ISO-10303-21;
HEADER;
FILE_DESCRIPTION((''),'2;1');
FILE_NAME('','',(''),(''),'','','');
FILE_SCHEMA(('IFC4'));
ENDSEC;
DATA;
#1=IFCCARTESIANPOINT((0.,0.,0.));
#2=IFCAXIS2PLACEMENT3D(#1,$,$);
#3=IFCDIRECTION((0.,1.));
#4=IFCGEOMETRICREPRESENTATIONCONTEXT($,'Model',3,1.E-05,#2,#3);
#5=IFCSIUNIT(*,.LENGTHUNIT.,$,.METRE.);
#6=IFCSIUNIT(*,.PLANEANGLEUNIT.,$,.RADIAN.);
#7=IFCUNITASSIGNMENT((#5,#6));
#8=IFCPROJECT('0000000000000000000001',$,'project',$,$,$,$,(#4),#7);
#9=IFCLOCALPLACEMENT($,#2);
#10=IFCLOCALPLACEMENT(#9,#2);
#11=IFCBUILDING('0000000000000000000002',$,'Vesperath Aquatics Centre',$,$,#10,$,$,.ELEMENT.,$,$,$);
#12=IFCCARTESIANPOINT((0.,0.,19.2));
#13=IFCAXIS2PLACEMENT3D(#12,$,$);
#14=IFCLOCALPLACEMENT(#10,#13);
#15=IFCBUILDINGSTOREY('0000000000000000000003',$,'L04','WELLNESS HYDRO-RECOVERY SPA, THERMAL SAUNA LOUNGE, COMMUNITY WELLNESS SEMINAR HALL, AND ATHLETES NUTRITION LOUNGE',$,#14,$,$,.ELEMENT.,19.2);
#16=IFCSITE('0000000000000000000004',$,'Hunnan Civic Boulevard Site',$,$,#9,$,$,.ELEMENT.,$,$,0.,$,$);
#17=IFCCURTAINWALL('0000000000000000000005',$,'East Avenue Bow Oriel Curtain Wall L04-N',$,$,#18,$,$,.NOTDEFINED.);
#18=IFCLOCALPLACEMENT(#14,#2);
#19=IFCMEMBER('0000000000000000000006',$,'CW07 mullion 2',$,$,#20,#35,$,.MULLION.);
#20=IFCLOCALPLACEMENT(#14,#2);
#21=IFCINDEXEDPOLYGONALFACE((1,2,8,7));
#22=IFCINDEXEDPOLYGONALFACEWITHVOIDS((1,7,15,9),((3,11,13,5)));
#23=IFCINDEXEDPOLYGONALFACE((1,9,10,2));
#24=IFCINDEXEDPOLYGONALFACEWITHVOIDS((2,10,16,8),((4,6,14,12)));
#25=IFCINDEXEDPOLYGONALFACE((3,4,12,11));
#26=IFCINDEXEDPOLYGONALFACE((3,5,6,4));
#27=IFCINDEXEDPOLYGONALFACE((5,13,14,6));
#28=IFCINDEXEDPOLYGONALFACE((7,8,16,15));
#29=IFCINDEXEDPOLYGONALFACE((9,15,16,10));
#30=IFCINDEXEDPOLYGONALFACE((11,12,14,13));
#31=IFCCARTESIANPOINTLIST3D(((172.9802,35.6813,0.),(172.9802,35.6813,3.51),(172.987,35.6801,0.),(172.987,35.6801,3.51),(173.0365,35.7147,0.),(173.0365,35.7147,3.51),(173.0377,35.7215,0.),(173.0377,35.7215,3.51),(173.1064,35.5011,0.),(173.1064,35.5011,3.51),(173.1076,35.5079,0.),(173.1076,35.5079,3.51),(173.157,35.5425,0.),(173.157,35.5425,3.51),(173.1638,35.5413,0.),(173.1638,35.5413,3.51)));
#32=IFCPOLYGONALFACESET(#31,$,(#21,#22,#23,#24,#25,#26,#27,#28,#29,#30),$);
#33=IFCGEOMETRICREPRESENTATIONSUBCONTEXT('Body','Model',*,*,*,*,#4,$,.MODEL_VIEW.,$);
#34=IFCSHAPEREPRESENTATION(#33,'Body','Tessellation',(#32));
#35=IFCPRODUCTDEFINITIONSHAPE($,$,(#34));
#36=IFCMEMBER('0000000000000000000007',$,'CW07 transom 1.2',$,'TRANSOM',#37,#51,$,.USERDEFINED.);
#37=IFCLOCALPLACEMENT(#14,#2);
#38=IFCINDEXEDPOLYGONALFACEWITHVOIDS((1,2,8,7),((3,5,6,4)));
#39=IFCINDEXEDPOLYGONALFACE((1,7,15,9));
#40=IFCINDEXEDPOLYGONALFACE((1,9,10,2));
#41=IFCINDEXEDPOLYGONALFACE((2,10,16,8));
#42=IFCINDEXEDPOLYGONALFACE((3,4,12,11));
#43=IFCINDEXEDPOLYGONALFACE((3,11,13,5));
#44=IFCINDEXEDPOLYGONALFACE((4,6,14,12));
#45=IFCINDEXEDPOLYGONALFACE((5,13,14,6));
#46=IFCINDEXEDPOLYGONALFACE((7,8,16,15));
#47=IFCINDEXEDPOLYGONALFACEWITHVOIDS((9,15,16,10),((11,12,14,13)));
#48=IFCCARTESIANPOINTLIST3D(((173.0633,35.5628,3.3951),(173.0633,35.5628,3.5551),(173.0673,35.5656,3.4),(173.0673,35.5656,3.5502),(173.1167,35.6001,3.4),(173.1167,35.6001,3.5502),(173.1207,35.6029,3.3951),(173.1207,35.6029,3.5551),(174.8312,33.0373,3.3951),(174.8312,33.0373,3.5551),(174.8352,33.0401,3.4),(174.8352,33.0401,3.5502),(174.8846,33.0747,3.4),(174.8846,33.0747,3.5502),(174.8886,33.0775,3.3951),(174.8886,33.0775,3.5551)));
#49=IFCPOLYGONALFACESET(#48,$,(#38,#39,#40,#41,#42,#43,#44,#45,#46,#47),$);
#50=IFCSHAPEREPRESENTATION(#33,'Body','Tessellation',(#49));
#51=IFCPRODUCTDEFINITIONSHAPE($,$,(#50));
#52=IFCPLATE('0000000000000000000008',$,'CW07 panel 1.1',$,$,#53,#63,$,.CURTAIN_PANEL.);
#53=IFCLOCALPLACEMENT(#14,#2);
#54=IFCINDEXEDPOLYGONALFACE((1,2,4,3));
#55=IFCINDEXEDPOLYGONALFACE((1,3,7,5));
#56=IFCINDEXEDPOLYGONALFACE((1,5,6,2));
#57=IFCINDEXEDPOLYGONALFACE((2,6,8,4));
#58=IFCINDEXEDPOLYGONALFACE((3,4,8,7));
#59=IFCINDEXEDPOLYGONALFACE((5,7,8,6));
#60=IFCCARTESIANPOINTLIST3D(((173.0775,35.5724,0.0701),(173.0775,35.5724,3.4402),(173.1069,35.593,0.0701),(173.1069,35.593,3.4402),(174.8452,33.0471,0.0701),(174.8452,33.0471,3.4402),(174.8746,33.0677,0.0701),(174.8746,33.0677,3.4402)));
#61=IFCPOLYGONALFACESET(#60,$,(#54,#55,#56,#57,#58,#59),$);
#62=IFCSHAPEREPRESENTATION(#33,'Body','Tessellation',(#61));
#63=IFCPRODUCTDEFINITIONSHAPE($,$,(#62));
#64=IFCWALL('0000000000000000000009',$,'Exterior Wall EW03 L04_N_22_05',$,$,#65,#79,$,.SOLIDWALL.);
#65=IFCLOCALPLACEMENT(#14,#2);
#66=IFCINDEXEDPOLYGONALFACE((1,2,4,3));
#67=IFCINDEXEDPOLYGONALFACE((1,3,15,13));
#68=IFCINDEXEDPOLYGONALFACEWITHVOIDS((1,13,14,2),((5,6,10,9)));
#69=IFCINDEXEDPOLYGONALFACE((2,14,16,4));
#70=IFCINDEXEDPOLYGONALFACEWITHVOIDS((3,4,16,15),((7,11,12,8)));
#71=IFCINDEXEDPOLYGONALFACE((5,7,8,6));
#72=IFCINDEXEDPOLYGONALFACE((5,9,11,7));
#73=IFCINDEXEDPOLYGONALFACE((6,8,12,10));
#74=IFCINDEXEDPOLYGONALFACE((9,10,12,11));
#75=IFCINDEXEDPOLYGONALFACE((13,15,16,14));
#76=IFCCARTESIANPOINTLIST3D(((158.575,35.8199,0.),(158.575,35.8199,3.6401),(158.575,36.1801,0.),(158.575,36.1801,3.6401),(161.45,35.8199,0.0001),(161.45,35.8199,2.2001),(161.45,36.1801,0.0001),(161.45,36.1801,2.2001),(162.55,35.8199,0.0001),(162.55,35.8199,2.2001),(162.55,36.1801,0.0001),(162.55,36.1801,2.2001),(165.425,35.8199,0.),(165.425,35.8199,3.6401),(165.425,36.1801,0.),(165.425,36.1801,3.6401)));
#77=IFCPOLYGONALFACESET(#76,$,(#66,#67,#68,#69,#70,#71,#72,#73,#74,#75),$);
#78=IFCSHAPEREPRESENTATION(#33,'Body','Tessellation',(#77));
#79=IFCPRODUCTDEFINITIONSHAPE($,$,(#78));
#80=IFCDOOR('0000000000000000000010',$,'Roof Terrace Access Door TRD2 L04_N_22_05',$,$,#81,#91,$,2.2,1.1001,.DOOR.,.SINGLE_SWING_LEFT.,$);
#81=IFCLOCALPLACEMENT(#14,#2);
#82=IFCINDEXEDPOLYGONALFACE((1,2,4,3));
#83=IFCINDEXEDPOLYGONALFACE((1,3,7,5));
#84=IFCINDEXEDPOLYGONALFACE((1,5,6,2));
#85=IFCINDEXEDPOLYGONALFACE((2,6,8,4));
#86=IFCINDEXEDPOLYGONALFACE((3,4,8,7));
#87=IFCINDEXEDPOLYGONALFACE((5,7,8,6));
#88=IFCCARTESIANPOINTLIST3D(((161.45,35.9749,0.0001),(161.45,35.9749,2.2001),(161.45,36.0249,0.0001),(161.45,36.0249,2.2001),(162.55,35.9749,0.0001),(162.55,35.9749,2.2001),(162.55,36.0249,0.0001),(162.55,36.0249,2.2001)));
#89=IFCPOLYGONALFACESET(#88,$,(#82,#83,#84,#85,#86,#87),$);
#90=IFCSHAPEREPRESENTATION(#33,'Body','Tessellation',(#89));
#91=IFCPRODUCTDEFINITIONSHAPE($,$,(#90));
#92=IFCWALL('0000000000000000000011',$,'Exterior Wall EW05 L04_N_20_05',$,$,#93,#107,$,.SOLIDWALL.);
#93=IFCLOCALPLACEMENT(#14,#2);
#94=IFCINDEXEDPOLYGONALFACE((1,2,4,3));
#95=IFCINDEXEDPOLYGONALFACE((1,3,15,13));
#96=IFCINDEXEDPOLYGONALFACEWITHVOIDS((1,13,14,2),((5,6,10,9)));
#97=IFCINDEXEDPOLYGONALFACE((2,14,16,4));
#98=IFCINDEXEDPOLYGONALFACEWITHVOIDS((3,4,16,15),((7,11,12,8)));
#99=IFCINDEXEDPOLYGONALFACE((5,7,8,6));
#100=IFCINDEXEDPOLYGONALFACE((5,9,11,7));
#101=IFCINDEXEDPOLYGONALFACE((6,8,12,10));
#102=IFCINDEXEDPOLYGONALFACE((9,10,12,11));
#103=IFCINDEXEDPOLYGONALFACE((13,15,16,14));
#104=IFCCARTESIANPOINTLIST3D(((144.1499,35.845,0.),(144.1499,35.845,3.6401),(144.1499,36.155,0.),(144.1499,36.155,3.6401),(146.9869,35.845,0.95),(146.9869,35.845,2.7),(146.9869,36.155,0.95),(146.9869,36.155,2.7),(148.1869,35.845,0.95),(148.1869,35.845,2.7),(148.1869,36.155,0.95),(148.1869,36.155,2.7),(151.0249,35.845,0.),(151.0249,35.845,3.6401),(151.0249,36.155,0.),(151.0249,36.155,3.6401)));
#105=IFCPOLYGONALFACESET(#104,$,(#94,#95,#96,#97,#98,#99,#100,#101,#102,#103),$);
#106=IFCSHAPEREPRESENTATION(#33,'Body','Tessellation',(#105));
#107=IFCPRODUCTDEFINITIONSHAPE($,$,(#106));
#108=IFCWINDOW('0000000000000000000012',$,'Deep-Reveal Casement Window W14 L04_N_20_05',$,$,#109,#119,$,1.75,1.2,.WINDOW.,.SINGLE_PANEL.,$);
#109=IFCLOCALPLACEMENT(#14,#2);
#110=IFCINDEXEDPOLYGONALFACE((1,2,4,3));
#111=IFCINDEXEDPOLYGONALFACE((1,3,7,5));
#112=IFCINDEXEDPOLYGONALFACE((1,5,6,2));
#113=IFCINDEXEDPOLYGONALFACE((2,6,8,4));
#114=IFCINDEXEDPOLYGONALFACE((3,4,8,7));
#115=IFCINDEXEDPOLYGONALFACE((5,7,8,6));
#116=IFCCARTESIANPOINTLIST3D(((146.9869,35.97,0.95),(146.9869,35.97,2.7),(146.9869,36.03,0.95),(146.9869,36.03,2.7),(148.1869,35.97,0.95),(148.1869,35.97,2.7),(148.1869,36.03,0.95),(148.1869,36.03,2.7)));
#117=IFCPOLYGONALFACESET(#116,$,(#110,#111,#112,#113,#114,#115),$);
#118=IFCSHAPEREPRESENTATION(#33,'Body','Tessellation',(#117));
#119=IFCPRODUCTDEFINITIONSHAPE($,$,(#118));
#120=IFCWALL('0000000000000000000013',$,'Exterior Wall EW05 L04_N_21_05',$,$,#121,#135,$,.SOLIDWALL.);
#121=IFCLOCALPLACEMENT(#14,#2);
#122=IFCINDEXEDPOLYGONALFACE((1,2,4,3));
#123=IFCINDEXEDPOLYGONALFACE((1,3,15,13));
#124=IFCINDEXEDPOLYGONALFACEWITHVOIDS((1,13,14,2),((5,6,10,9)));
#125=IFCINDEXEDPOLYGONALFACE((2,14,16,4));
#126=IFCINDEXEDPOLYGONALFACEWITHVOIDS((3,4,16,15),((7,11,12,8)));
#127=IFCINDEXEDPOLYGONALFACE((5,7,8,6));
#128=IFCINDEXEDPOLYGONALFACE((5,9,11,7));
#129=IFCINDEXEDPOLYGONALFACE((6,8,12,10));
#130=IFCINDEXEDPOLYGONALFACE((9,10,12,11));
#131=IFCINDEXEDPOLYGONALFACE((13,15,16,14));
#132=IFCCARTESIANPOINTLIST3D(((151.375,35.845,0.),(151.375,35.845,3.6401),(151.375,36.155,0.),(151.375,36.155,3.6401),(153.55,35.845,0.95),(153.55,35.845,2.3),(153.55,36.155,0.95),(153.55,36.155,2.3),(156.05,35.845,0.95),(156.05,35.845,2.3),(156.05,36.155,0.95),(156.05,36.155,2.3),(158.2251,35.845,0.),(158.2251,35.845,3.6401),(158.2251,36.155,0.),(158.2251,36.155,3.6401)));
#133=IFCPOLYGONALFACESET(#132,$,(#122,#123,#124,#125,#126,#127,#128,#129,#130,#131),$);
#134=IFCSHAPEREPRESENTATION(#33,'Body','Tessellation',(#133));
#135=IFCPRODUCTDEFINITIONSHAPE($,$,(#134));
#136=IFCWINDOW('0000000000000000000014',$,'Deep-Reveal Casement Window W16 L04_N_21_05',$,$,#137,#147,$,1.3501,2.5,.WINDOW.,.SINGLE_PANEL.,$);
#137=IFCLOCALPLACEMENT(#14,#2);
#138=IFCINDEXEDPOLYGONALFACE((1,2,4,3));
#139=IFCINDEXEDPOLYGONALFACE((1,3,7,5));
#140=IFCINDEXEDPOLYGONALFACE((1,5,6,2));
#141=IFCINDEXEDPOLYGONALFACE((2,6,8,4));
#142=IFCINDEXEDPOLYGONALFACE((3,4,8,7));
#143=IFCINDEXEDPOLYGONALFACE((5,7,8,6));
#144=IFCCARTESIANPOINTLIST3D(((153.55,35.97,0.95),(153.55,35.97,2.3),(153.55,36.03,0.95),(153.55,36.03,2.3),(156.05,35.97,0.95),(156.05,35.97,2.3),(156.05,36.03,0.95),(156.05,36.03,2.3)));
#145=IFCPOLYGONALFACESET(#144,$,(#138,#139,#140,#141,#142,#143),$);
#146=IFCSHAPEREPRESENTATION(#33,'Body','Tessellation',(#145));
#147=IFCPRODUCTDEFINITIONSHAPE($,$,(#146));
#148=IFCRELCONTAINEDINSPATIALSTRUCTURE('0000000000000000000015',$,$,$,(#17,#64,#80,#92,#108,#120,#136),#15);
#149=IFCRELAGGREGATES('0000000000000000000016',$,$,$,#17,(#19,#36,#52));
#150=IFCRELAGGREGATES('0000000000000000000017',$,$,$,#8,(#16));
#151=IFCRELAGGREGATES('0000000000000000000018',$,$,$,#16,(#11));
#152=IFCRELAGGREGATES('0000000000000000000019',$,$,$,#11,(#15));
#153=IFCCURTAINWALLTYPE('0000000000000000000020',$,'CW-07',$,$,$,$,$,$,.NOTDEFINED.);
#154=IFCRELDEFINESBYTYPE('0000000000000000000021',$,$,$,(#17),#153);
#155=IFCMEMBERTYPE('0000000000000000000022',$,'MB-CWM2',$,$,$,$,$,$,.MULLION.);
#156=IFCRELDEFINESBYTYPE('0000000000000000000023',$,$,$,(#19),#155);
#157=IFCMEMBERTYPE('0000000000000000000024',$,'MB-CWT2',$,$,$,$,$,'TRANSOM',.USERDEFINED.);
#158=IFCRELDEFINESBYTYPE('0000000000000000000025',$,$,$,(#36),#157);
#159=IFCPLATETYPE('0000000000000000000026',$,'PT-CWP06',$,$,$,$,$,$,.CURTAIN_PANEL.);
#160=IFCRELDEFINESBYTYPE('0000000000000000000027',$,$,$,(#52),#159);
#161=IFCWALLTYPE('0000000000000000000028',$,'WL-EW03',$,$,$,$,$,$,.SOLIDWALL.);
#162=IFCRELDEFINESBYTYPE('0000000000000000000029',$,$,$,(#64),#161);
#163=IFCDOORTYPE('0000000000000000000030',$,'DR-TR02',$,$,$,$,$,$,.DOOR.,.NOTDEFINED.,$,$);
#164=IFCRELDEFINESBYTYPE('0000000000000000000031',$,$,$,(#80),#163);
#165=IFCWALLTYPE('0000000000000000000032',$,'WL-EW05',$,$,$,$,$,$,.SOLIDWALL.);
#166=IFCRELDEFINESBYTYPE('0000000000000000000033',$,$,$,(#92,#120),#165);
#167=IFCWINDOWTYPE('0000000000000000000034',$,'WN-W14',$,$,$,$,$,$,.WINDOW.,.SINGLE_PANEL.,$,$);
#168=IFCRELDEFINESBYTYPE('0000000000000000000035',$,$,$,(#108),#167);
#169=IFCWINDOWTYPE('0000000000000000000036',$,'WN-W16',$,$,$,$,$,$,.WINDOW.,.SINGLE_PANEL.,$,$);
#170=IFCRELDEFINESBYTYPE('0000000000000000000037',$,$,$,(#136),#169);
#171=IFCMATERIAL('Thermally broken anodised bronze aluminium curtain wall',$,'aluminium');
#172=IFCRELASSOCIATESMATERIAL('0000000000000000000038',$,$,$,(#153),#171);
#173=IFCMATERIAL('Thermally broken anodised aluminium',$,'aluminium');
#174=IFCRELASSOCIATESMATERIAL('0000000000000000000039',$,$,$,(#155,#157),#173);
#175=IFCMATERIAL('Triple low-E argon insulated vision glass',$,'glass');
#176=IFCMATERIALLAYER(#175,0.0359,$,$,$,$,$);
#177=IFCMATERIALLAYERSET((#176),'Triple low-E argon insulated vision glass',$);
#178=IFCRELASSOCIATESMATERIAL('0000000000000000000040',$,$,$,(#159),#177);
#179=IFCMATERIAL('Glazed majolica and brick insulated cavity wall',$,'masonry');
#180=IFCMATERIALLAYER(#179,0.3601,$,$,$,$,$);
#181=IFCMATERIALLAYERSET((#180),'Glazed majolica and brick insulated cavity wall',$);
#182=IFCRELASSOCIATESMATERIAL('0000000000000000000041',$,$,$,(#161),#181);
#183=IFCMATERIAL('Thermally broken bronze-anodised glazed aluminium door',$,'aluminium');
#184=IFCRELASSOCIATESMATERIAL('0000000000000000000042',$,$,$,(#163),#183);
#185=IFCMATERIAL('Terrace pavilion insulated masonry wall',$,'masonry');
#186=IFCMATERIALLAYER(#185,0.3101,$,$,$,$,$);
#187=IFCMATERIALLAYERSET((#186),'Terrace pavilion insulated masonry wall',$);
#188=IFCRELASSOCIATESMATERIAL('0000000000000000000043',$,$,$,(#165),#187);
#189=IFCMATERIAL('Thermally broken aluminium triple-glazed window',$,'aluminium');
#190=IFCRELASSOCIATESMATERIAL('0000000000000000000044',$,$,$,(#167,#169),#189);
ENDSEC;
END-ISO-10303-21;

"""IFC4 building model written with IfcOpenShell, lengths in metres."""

from ifc_helpers import new_model, si_unit, direction, frame, frame_2d, origin, origin_2d, place, context, subcontext, project, spatial, rectangle, hollow_rectangle, extrude, material, layer, layer_set, material_profile, profile_set, type_object, element, fill, aggregate, save


model = new_model("IFC4")

# Units and contexts
model_context = context("Model", 3, precision=1e-05, world=origin(), true_north=direction((0.0, 1.0)))
body_context = subcontext(model_context, "Body", "Model", "MODEL_VIEW")
ifc_project = project(units=[si_unit("LENGTHUNIT", "METRE"), si_unit("PLANEANGLEUNIT", "RADIAN")], contexts=[model_context])

# Site, building, storey
site_placement = place(None, origin())
site = spatial("IfcSite", under=ifc_project, at=site_placement, Name="Hunnan Civic Boulevard Site", CompositionType="ELEMENT", RefElevation=0.0)
building_placement = place(site_placement, origin())
building = spatial("IfcBuilding", under=site, at=building_placement, Name="Vesperath Aquatics Centre", CompositionType="ELEMENT")
storey_placement = place(building_placement, frame((0.0, 0.0, 19.2)))
storey = spatial("IfcBuildingStorey", under=building, at=storey_placement, Name="L04", Description="WELLNESS HYDRO-RECOVERY SPA, THERMAL SAUNA LOUNGE, COMMUNITY WELLNESS SEMINAR HALL, AND ATHLETES NUTRITION LOUNGE", CompositionType="ELEMENT", Elevation=19.2)

# Curtain wall, members, plate
ifc_material_1 = material(Name="Thermally broken anodised bronze aluminium curtain wall", Category="aluminium")
curtain_wall_type = type_object("IfcCurtainWallType", Name="CW-07", PredefinedType="NOTDEFINED", material=ifc_material_1)
curtain_wall_placement = place(storey_placement, origin())
curtain_wall = element("IfcCurtainWall", 1, at=curtain_wall_placement, inside=storey, type_object=curtain_wall_type, Name="East Avenue Bow Oriel Curtain Wall L04-N", PredefinedType="NOTDEFINED")
ifc_material_2 = material(Name="Thermally broken anodised aluminium", Category="aluminium")
ifc_material_profile_1 = material_profile(ifc_material_2, hollow_rectangle(XDim=0.0701, YDim=0.22, WallThickness=0.0049, at=origin_2d()), Name="CWM 70x220x5")
ifc_profile_set_1 = profile_set([ifc_material_profile_1], Name="Thermally broken anodised aluminium")
member_type_1 = type_object("IfcMemberType", Name="MB-CWM2", PredefinedType="MULLION", material=ifc_profile_set_1)
member_1_placement = place(storey_placement, frame((173.072, 35.6113, 0.0), z_axis=(0.0, 0.0, 1.0), x_axis=(-0.819232, -0.573462, 0.0)))
member_1 = element("IfcMember", 2, at=member_1_placement, type_object=member_type_1, Name="CW07 mullion 2", PredefinedType="MULLION", context=body_context, shape_type="SweptSolid", body=[
    extrude(hollow_rectangle(XDim=0.0701, YDim=0.22, WallThickness=0.0049, at=origin_2d()), origin(), (0.0, 0.0, 1.0), 3.51),
])
ifc_material_profile_2 = material_profile(ifc_material_2, hollow_rectangle(XDim=0.0701, YDim=0.1599, WallThickness=0.0049, at=origin_2d()), Name="CWT 70x160x5")
ifc_profile_set_2 = profile_set([ifc_material_profile_2], Name="Thermally broken anodised aluminium")
member_type_2 = type_object("IfcMemberType", Name="MB-CWT2", ElementType="TRANSOM", PredefinedType="USERDEFINED", material=ifc_profile_set_2)
member_2_placement = place(storey_placement, frame((174.8599, 33.0574, 3.4751), z_axis=(-0.573473, 0.819224, 0.0), x_axis=(-0.819224, -0.573473, 0.0)))
member_2 = element("IfcMember", 3, at=member_2_placement, type_object=member_type_2, Name="CW07 transom 1.2", ObjectType="TRANSOM", PredefinedType="USERDEFINED", context=body_context, shape_type="SweptSolid", body=[
    extrude(hollow_rectangle(XDim=0.0701, YDim=0.1599, WallThickness=0.0049, at=origin_2d()), origin(), (0.0, 0.0, 1.0), 3.0828),
])
ifc_material_3 = material(Name="Triple low-E argon insulated vision glass", Category="glass")
ifc_layer_1 = layer(ifc_material_3, 0.0359)
ifc_layer_set_1 = layer_set([ifc_layer_1], Name="Triple low-E argon insulated vision glass")
plate_type = type_object("IfcPlateType", Name="PT-CWP06", PredefinedType="CURTAIN_PANEL", material=ifc_layer_set_1)
plate_placement = place(storey_placement, frame((173.9761, 34.3201, 0.0701), z_axis=(0.0, 0.0, 1.0), x_axis=(-0.573462, 0.819232, 0.0)))
plate = element("IfcPlate", 4, at=plate_placement, type_object=plate_type, Name="CW07 panel 1.1", PredefinedType="CURTAIN_PANEL", context=body_context, shape_type="SweptSolid", body=[
    extrude(rectangle(XDim=3.0825, YDim=0.0359, at=origin_2d()), origin(), (0.0, 0.0, 1.0), 3.3701),
])
aggregate(curtain_wall, [member_1, member_2, plate])

# Wall, opening, door
ifc_material_4 = material(Name="Glazed majolica and brick insulated cavity wall", Category="masonry")
ifc_layer_2 = layer(ifc_material_4, 0.3601)
ifc_layer_set_2 = layer_set([ifc_layer_2], Name="Glazed majolica and brick insulated cavity wall")
wall_type_1 = type_object("IfcWallType", Name="WL-EW03", PredefinedType="SOLIDWALL", material=ifc_layer_set_2)
wall_1_placement = place(storey_placement, frame((158.575, 36.0, 0.0), z_axis=(0.0, 0.0, 1.0), x_axis=(1.0, 0.0, 0.0)))
wall_1 = element("IfcWall", 5, at=wall_1_placement, inside=storey, type_object=wall_type_1, Name="Exterior Wall EW03 L04_N_22_05", PredefinedType="SOLIDWALL", context=body_context, shape_type="SweptSolid", body=[
    extrude(rectangle(XDim=6.8501, YDim=0.3601, at=frame_2d((3.425, 0.0))), origin(), (0.0, 0.0, 1.0), 3.6401),
])
opening_1_placement = place(wall_1_placement, frame((2.875, 0.0, 0.0)))
opening_1 = element("IfcOpeningElement", 6, at=opening_1_placement, cuts=wall_1, PredefinedType="OPENING", context=body_context, shape_type="SweptSolid", body=[
    extrude(rectangle(XDim=1.1001, YDim=2.2, at=frame_2d((0.55, 1.1001))), frame((0.0, 0.1948, 0.0), z_axis=(0.0, -1.0, 0.0), x_axis=(1.0, 0.0, 0.0)), (0.0, 0.0, 1.0), 0.3899),
])
ifc_material_5 = material(Name="Thermally broken bronze-anodised glazed aluminium door", Category="aluminium")
door_type = type_object("IfcDoorType", Name="DR-TR02", OperationType="NOTDEFINED", PredefinedType="DOOR", material=ifc_material_5)
door_placement = place(opening_1_placement, origin())
door = element("IfcDoor", 7, at=door_placement, inside=storey, type_object=door_type, Name="Roof Terrace Access Door TRD2 L04_N_22_05", OperationType="SINGLE_SWING_LEFT", OverallHeight=2.2, OverallWidth=1.1001, PredefinedType="DOOR", context=body_context, shape_type="SweptSolid", body=[
    extrude(rectangle(XDim=1.1001, YDim=2.2, at=frame_2d((0.55, 1.1001))), frame((0.0, 0.0249, 0.0), z_axis=(0.0, -1.0, 0.0), x_axis=(1.0, 0.0, 0.0)), (0.0, 0.0, 1.0), 0.05),
])
fill(opening_1, door)

# Walls, openings, windows
ifc_material_6 = material(Name="Terrace pavilion insulated masonry wall", Category="masonry")
ifc_layer_3 = layer(ifc_material_6, 0.3101)
ifc_layer_set_3 = layer_set([ifc_layer_3], Name="Terrace pavilion insulated masonry wall")
wall_type_2 = type_object("IfcWallType", Name="WL-EW05", PredefinedType="SOLIDWALL", material=ifc_layer_set_3)
wall_2_placement = place(storey_placement, frame((144.1499, 36.0, 0.0), z_axis=(0.0, 0.0, 1.0), x_axis=(1.0, 0.0, 0.0)))
wall_2 = element("IfcWall", 8, at=wall_2_placement, inside=storey, type_object=wall_type_2, Name="Exterior Wall EW05 L04_N_20_05", PredefinedType="SOLIDWALL", context=body_context, shape_type="SweptSolid", body=[
    extrude(rectangle(XDim=6.875, YDim=0.3101, at=frame_2d((3.4375, 0.0))), origin(), (0.0, 0.0, 1.0), 3.6401),
])
opening_2_placement = place(wall_2_placement, frame((2.8369, 0.0, 0.95)))
opening_2 = element("IfcOpeningElement", 9, at=opening_2_placement, cuts=wall_2, PredefinedType="OPENING", context=body_context, shape_type="SweptSolid", body=[
    extrude(rectangle(XDim=1.2, YDim=1.75, at=frame_2d((0.6001, 0.875))), frame((0.0, 0.1699, 0.0), z_axis=(0.0, -1.0, 0.0), x_axis=(1.0, 0.0, 0.0)), (0.0, 0.0, 1.0), 0.3398),
])
ifc_material_7 = material(Name="Thermally broken aluminium triple-glazed window", Category="aluminium")
window_type_1 = type_object("IfcWindowType", Name="WN-W14", PartitioningType="SINGLE_PANEL", PredefinedType="WINDOW", material=ifc_material_7)
window_1_placement = place(opening_2_placement, origin())
window_1 = element("IfcWindow", 10, at=window_1_placement, inside=storey, type_object=window_type_1, Name="Deep-Reveal Casement Window W14 L04_N_20_05", OverallHeight=1.75, OverallWidth=1.2, PartitioningType="SINGLE_PANEL", PredefinedType="WINDOW", context=body_context, shape_type="SweptSolid", body=[
    extrude(rectangle(XDim=1.2, YDim=1.75, at=frame_2d((0.6001, 0.875))), frame((0.0, 0.03, 0.0), z_axis=(0.0, -1.0, 0.0), x_axis=(1.0, 0.0, 0.0)), (0.0, 0.0, 1.0), 0.0601),
])
fill(opening_2, window_1)
wall_3_placement = place(storey_placement, frame((151.375, 36.0, 0.0), z_axis=(0.0, 0.0, 1.0), x_axis=(1.0, 0.0, 0.0)))
wall_3 = element("IfcWall", 11, at=wall_3_placement, inside=storey, type_object=wall_type_2, Name="Exterior Wall EW05 L04_N_21_05", PredefinedType="SOLIDWALL", context=body_context, shape_type="SweptSolid", body=[
    extrude(rectangle(XDim=6.8501, YDim=0.3101, at=frame_2d((3.425, 0.0))), origin(), (0.0, 0.0, 1.0), 3.6401),
])
opening_3_placement = place(wall_3_placement, frame((2.175, 0.0, 0.95)))
opening_3 = element("IfcOpeningElement", 12, at=opening_3_placement, cuts=wall_3, PredefinedType="OPENING", context=body_context, shape_type="SweptSolid", body=[
    extrude(rectangle(XDim=2.5, YDim=1.3501, at=frame_2d((1.25, 0.675))), frame((0.0, 0.1699, 0.0), z_axis=(0.0, -1.0, 0.0), x_axis=(1.0, 0.0, 0.0)), (0.0, 0.0, 1.0), 0.3398),
])
window_type_2 = type_object("IfcWindowType", Name="WN-W16", PartitioningType="SINGLE_PANEL", PredefinedType="WINDOW", material=ifc_material_7)
window_2_placement = place(opening_3_placement, origin())
window_2 = element("IfcWindow", 13, at=window_2_placement, inside=storey, type_object=window_type_2, Name="Deep-Reveal Casement Window W16 L04_N_21_05", OverallHeight=1.3501, OverallWidth=2.5, PartitioningType="SINGLE_PANEL", PredefinedType="WINDOW", context=body_context, shape_type="SweptSolid", body=[
    extrude(rectangle(XDim=2.5, YDim=1.3501, at=frame_2d((1.25, 0.675))), frame((0.0, 0.03, 0.0), z_axis=(0.0, -1.0, 0.0), x_axis=(1.0, 0.0, 0.0)), (0.0, 0.0, 1.0), 0.0601),
])
fill(opening_3, window_2)

save(model, "model.ifc")
